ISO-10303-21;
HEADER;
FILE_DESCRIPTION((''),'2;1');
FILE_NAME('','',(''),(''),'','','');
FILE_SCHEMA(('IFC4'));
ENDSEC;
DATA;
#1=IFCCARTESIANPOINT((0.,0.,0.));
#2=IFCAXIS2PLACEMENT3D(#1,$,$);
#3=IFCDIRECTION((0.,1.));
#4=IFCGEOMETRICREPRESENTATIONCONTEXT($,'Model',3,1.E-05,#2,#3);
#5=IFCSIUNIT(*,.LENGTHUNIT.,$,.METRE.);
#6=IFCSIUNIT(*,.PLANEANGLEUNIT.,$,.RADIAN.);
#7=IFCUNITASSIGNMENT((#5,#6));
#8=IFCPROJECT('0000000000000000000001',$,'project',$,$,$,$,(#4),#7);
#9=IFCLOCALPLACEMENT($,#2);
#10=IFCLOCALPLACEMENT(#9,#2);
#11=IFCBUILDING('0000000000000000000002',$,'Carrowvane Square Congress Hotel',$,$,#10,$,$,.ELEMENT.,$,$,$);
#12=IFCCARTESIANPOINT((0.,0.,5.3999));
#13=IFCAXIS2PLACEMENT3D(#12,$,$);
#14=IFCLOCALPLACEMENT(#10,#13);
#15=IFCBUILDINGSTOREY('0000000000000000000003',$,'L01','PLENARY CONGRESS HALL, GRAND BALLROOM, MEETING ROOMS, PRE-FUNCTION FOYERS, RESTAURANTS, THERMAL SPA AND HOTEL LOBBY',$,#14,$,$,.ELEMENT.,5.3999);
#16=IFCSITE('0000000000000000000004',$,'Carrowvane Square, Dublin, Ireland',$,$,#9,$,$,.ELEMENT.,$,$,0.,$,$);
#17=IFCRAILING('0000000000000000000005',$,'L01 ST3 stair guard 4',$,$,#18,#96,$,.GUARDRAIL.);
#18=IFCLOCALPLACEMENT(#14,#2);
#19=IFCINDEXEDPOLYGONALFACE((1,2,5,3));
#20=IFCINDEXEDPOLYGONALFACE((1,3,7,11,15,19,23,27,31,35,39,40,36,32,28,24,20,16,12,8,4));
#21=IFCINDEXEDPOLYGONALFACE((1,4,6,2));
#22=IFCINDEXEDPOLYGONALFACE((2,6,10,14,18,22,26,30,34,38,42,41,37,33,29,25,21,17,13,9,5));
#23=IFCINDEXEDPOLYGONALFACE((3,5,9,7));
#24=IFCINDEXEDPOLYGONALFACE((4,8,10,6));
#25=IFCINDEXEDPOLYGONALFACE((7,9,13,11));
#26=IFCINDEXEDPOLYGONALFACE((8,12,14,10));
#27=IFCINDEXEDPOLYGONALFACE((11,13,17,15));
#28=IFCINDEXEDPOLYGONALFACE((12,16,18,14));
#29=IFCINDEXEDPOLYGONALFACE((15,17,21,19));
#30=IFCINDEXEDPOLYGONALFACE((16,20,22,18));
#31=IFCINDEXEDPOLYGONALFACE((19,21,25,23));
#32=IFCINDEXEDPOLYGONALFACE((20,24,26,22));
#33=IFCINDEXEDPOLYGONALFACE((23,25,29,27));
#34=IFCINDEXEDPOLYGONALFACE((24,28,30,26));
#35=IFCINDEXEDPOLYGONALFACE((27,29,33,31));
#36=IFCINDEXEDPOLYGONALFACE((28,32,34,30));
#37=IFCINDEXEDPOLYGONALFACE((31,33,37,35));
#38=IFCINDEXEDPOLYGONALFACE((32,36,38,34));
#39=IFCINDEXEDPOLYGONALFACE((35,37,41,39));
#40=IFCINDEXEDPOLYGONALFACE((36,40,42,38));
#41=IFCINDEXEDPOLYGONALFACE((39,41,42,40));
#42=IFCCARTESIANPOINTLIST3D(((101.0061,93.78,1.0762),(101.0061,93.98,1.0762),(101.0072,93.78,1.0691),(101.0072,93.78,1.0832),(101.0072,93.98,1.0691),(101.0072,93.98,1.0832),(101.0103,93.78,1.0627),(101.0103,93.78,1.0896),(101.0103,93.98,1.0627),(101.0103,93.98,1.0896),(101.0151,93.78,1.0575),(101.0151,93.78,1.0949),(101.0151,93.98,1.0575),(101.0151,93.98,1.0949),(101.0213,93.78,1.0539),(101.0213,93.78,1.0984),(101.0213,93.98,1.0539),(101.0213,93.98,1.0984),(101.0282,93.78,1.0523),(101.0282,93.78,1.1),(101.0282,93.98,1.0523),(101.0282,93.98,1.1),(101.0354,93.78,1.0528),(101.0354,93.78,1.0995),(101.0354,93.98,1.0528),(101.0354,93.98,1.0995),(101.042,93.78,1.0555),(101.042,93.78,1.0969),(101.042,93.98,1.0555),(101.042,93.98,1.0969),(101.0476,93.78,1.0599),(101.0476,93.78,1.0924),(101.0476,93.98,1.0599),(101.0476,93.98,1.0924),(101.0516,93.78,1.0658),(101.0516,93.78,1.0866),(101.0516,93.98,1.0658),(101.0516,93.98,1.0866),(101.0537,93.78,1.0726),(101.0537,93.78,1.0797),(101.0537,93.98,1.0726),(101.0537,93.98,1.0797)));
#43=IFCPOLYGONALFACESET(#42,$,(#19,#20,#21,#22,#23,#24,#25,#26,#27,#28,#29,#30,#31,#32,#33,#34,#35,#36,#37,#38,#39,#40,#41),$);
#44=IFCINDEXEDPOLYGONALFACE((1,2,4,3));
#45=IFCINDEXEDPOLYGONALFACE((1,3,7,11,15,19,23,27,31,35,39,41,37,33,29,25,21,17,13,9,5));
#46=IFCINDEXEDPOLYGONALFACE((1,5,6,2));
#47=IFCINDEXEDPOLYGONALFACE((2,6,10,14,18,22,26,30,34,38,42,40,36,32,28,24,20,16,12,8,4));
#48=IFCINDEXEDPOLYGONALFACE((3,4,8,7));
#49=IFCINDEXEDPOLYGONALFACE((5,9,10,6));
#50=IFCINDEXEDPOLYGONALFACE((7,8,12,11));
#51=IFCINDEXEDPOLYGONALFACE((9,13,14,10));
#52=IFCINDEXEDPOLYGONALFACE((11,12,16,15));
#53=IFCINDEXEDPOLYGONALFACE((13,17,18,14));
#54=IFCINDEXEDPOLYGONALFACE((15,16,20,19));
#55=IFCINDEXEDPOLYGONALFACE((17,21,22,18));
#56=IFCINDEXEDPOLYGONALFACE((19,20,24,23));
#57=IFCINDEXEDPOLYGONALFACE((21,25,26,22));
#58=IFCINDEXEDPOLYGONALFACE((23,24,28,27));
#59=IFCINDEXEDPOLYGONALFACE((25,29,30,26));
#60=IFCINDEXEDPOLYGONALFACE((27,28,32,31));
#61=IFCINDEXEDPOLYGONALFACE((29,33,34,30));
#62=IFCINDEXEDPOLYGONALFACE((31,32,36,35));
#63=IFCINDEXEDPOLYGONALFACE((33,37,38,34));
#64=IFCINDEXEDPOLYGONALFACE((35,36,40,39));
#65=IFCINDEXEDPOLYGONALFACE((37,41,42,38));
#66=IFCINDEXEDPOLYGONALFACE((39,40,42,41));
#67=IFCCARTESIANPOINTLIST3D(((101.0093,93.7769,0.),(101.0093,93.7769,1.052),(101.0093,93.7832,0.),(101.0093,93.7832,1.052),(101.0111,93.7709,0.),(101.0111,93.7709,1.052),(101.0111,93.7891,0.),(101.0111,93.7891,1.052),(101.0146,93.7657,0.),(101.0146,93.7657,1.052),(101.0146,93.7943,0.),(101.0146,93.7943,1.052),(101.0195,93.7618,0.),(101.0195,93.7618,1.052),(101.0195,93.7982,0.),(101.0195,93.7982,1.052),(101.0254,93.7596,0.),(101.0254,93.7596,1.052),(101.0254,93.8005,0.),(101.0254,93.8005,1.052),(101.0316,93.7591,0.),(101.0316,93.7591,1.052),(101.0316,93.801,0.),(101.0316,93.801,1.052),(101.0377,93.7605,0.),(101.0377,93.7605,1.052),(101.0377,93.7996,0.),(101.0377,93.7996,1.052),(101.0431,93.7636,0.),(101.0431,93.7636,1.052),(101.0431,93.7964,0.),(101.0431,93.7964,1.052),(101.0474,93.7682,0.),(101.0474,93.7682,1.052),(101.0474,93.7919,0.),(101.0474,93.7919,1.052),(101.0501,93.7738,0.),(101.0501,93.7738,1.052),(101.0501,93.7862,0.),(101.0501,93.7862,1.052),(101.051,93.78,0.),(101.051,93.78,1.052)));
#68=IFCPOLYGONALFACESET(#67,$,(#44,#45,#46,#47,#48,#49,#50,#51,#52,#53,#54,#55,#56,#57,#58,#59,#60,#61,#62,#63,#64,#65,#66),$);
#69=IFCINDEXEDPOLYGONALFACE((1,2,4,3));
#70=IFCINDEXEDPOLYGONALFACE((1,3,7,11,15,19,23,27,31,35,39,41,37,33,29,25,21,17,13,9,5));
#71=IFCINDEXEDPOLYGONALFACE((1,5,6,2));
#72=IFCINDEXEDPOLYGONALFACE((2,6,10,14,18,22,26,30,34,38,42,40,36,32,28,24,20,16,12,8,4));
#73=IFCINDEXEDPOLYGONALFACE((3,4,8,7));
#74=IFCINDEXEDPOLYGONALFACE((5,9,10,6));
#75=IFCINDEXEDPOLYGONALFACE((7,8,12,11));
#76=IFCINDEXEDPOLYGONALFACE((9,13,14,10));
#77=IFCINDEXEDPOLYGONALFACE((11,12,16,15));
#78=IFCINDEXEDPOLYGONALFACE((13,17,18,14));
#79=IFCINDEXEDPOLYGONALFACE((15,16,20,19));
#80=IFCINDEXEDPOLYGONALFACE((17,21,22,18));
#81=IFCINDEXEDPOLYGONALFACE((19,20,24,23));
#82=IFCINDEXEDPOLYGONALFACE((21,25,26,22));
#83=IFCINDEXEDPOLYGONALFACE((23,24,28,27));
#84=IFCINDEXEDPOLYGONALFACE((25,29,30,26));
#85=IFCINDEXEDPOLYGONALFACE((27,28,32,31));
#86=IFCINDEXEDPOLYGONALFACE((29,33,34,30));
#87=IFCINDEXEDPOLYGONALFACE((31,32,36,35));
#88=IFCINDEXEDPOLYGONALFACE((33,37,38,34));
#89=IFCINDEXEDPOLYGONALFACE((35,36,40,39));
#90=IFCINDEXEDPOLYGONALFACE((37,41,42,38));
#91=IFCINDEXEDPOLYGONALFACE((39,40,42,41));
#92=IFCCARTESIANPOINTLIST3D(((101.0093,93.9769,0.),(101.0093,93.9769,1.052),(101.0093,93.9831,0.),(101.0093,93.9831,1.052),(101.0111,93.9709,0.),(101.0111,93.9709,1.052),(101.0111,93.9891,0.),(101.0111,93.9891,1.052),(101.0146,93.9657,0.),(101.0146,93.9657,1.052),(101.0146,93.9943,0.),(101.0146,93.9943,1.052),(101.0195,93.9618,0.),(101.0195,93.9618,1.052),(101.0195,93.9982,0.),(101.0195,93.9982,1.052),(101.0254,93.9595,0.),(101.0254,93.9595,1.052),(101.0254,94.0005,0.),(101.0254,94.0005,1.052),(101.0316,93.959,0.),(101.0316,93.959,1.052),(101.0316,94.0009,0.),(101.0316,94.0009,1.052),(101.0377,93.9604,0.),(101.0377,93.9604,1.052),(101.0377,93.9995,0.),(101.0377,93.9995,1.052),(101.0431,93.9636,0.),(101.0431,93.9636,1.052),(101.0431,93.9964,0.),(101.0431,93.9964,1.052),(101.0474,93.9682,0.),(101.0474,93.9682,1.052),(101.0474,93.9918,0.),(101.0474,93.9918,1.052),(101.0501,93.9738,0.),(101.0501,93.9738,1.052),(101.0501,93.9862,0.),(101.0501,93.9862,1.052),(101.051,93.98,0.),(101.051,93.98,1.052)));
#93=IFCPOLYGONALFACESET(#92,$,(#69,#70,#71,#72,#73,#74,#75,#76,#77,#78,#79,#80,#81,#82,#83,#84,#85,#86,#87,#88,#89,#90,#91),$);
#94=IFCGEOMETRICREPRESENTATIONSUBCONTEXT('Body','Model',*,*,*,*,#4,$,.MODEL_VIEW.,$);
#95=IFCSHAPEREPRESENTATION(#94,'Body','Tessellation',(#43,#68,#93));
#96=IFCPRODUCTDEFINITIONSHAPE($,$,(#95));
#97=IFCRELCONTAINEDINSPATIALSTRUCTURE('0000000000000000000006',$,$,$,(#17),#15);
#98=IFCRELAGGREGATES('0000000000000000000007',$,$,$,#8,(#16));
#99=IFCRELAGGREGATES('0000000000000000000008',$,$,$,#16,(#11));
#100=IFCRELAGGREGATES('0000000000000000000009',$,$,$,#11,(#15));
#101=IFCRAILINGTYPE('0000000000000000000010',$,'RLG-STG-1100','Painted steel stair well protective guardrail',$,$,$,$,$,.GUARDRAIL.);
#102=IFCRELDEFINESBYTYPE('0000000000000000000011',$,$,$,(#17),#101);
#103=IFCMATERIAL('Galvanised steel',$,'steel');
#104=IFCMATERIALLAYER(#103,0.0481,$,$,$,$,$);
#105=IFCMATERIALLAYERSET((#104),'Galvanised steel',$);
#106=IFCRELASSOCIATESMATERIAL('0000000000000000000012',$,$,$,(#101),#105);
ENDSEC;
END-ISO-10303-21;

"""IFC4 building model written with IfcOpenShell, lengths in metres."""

from ifc_helpers import new_model, si_unit, direction, frame, origin, origin_2d, place, context, subcontext, project, spatial, circle, extrude, material, layer, layer_set, type_object, element, save


model = new_model("IFC4")

# Units and contexts
model_context = context("Model", 3, precision=1e-05, world=origin(), true_north=direction((0.0, 1.0)))
body_context = subcontext(model_context, "Body", "Model", "MODEL_VIEW")
ifc_project = project(units=[si_unit("LENGTHUNIT", "METRE"), si_unit("PLANEANGLEUNIT", "RADIAN")], contexts=[model_context])

# Site, building, storey
site_placement = place(None, origin())
site = spatial("IfcSite", under=ifc_project, at=site_placement, Name="Carrowvane Square, Dublin, Ireland", CompositionType="ELEMENT", RefElevation=0.0)
building_placement = place(site_placement, origin())
building = spatial("IfcBuilding", under=site, at=building_placement, Name="Carrowvane Square Congress Hotel", CompositionType="ELEMENT")
storey_placement = place(building_placement, frame((0.0, 0.0, 5.3999)))
storey = spatial("IfcBuildingStorey", under=building, at=storey_placement, Name="L01", Description="PLENARY CONGRESS HALL, GRAND BALLROOM, MEETING ROOMS, PRE-FUNCTION FOYERS, RESTAURANTS, THERMAL SPA AND HOTEL LOBBY", CompositionType="ELEMENT", Elevation=5.3999)

# Railing
ifc_material_1 = material(Name="Galvanised steel", Category="steel")
ifc_layer_1 = layer(ifc_material_1, 0.0481)
ifc_layer_set_1 = layer_set([ifc_layer_1], Name="Galvanised steel")
railing_type_1 = type_object("IfcRailingType", Name="RLG-STG-1100", Description="Painted steel stair well protective guardrail", PredefinedType="GUARDRAIL", material=ifc_layer_set_1)
railing_1_placement = place(storey_placement, frame((101.03, 93.78, 0.0)))
element("IfcRailing", 1, at=railing_1_placement, inside=storey, type_object=railing_type_1, Name="L01 ST3 stair guard 4", PredefinedType="GUARDRAIL", context=body_context, shape_type="SweptSolid", body=[
    extrude(circle(Radius=0.0239, at=origin_2d()), frame((0.0, 0.0, 1.0762), z_axis=(0.0, 1.0, 0.0), x_axis=(-1.0, 0.0, 0.0)), (0.0, 0.0, 1.0), 0.2),
    extrude(circle(Radius=0.021, at=origin_2d()), origin(), (0.0, 0.0, 1.0), 1.052),
    extrude(circle(Radius=0.021, at=origin_2d()), frame((0.0, 0.2, 0.0)), (0.0, 0.0, 1.0), 1.052),
])

save(model, "model.ifc")
